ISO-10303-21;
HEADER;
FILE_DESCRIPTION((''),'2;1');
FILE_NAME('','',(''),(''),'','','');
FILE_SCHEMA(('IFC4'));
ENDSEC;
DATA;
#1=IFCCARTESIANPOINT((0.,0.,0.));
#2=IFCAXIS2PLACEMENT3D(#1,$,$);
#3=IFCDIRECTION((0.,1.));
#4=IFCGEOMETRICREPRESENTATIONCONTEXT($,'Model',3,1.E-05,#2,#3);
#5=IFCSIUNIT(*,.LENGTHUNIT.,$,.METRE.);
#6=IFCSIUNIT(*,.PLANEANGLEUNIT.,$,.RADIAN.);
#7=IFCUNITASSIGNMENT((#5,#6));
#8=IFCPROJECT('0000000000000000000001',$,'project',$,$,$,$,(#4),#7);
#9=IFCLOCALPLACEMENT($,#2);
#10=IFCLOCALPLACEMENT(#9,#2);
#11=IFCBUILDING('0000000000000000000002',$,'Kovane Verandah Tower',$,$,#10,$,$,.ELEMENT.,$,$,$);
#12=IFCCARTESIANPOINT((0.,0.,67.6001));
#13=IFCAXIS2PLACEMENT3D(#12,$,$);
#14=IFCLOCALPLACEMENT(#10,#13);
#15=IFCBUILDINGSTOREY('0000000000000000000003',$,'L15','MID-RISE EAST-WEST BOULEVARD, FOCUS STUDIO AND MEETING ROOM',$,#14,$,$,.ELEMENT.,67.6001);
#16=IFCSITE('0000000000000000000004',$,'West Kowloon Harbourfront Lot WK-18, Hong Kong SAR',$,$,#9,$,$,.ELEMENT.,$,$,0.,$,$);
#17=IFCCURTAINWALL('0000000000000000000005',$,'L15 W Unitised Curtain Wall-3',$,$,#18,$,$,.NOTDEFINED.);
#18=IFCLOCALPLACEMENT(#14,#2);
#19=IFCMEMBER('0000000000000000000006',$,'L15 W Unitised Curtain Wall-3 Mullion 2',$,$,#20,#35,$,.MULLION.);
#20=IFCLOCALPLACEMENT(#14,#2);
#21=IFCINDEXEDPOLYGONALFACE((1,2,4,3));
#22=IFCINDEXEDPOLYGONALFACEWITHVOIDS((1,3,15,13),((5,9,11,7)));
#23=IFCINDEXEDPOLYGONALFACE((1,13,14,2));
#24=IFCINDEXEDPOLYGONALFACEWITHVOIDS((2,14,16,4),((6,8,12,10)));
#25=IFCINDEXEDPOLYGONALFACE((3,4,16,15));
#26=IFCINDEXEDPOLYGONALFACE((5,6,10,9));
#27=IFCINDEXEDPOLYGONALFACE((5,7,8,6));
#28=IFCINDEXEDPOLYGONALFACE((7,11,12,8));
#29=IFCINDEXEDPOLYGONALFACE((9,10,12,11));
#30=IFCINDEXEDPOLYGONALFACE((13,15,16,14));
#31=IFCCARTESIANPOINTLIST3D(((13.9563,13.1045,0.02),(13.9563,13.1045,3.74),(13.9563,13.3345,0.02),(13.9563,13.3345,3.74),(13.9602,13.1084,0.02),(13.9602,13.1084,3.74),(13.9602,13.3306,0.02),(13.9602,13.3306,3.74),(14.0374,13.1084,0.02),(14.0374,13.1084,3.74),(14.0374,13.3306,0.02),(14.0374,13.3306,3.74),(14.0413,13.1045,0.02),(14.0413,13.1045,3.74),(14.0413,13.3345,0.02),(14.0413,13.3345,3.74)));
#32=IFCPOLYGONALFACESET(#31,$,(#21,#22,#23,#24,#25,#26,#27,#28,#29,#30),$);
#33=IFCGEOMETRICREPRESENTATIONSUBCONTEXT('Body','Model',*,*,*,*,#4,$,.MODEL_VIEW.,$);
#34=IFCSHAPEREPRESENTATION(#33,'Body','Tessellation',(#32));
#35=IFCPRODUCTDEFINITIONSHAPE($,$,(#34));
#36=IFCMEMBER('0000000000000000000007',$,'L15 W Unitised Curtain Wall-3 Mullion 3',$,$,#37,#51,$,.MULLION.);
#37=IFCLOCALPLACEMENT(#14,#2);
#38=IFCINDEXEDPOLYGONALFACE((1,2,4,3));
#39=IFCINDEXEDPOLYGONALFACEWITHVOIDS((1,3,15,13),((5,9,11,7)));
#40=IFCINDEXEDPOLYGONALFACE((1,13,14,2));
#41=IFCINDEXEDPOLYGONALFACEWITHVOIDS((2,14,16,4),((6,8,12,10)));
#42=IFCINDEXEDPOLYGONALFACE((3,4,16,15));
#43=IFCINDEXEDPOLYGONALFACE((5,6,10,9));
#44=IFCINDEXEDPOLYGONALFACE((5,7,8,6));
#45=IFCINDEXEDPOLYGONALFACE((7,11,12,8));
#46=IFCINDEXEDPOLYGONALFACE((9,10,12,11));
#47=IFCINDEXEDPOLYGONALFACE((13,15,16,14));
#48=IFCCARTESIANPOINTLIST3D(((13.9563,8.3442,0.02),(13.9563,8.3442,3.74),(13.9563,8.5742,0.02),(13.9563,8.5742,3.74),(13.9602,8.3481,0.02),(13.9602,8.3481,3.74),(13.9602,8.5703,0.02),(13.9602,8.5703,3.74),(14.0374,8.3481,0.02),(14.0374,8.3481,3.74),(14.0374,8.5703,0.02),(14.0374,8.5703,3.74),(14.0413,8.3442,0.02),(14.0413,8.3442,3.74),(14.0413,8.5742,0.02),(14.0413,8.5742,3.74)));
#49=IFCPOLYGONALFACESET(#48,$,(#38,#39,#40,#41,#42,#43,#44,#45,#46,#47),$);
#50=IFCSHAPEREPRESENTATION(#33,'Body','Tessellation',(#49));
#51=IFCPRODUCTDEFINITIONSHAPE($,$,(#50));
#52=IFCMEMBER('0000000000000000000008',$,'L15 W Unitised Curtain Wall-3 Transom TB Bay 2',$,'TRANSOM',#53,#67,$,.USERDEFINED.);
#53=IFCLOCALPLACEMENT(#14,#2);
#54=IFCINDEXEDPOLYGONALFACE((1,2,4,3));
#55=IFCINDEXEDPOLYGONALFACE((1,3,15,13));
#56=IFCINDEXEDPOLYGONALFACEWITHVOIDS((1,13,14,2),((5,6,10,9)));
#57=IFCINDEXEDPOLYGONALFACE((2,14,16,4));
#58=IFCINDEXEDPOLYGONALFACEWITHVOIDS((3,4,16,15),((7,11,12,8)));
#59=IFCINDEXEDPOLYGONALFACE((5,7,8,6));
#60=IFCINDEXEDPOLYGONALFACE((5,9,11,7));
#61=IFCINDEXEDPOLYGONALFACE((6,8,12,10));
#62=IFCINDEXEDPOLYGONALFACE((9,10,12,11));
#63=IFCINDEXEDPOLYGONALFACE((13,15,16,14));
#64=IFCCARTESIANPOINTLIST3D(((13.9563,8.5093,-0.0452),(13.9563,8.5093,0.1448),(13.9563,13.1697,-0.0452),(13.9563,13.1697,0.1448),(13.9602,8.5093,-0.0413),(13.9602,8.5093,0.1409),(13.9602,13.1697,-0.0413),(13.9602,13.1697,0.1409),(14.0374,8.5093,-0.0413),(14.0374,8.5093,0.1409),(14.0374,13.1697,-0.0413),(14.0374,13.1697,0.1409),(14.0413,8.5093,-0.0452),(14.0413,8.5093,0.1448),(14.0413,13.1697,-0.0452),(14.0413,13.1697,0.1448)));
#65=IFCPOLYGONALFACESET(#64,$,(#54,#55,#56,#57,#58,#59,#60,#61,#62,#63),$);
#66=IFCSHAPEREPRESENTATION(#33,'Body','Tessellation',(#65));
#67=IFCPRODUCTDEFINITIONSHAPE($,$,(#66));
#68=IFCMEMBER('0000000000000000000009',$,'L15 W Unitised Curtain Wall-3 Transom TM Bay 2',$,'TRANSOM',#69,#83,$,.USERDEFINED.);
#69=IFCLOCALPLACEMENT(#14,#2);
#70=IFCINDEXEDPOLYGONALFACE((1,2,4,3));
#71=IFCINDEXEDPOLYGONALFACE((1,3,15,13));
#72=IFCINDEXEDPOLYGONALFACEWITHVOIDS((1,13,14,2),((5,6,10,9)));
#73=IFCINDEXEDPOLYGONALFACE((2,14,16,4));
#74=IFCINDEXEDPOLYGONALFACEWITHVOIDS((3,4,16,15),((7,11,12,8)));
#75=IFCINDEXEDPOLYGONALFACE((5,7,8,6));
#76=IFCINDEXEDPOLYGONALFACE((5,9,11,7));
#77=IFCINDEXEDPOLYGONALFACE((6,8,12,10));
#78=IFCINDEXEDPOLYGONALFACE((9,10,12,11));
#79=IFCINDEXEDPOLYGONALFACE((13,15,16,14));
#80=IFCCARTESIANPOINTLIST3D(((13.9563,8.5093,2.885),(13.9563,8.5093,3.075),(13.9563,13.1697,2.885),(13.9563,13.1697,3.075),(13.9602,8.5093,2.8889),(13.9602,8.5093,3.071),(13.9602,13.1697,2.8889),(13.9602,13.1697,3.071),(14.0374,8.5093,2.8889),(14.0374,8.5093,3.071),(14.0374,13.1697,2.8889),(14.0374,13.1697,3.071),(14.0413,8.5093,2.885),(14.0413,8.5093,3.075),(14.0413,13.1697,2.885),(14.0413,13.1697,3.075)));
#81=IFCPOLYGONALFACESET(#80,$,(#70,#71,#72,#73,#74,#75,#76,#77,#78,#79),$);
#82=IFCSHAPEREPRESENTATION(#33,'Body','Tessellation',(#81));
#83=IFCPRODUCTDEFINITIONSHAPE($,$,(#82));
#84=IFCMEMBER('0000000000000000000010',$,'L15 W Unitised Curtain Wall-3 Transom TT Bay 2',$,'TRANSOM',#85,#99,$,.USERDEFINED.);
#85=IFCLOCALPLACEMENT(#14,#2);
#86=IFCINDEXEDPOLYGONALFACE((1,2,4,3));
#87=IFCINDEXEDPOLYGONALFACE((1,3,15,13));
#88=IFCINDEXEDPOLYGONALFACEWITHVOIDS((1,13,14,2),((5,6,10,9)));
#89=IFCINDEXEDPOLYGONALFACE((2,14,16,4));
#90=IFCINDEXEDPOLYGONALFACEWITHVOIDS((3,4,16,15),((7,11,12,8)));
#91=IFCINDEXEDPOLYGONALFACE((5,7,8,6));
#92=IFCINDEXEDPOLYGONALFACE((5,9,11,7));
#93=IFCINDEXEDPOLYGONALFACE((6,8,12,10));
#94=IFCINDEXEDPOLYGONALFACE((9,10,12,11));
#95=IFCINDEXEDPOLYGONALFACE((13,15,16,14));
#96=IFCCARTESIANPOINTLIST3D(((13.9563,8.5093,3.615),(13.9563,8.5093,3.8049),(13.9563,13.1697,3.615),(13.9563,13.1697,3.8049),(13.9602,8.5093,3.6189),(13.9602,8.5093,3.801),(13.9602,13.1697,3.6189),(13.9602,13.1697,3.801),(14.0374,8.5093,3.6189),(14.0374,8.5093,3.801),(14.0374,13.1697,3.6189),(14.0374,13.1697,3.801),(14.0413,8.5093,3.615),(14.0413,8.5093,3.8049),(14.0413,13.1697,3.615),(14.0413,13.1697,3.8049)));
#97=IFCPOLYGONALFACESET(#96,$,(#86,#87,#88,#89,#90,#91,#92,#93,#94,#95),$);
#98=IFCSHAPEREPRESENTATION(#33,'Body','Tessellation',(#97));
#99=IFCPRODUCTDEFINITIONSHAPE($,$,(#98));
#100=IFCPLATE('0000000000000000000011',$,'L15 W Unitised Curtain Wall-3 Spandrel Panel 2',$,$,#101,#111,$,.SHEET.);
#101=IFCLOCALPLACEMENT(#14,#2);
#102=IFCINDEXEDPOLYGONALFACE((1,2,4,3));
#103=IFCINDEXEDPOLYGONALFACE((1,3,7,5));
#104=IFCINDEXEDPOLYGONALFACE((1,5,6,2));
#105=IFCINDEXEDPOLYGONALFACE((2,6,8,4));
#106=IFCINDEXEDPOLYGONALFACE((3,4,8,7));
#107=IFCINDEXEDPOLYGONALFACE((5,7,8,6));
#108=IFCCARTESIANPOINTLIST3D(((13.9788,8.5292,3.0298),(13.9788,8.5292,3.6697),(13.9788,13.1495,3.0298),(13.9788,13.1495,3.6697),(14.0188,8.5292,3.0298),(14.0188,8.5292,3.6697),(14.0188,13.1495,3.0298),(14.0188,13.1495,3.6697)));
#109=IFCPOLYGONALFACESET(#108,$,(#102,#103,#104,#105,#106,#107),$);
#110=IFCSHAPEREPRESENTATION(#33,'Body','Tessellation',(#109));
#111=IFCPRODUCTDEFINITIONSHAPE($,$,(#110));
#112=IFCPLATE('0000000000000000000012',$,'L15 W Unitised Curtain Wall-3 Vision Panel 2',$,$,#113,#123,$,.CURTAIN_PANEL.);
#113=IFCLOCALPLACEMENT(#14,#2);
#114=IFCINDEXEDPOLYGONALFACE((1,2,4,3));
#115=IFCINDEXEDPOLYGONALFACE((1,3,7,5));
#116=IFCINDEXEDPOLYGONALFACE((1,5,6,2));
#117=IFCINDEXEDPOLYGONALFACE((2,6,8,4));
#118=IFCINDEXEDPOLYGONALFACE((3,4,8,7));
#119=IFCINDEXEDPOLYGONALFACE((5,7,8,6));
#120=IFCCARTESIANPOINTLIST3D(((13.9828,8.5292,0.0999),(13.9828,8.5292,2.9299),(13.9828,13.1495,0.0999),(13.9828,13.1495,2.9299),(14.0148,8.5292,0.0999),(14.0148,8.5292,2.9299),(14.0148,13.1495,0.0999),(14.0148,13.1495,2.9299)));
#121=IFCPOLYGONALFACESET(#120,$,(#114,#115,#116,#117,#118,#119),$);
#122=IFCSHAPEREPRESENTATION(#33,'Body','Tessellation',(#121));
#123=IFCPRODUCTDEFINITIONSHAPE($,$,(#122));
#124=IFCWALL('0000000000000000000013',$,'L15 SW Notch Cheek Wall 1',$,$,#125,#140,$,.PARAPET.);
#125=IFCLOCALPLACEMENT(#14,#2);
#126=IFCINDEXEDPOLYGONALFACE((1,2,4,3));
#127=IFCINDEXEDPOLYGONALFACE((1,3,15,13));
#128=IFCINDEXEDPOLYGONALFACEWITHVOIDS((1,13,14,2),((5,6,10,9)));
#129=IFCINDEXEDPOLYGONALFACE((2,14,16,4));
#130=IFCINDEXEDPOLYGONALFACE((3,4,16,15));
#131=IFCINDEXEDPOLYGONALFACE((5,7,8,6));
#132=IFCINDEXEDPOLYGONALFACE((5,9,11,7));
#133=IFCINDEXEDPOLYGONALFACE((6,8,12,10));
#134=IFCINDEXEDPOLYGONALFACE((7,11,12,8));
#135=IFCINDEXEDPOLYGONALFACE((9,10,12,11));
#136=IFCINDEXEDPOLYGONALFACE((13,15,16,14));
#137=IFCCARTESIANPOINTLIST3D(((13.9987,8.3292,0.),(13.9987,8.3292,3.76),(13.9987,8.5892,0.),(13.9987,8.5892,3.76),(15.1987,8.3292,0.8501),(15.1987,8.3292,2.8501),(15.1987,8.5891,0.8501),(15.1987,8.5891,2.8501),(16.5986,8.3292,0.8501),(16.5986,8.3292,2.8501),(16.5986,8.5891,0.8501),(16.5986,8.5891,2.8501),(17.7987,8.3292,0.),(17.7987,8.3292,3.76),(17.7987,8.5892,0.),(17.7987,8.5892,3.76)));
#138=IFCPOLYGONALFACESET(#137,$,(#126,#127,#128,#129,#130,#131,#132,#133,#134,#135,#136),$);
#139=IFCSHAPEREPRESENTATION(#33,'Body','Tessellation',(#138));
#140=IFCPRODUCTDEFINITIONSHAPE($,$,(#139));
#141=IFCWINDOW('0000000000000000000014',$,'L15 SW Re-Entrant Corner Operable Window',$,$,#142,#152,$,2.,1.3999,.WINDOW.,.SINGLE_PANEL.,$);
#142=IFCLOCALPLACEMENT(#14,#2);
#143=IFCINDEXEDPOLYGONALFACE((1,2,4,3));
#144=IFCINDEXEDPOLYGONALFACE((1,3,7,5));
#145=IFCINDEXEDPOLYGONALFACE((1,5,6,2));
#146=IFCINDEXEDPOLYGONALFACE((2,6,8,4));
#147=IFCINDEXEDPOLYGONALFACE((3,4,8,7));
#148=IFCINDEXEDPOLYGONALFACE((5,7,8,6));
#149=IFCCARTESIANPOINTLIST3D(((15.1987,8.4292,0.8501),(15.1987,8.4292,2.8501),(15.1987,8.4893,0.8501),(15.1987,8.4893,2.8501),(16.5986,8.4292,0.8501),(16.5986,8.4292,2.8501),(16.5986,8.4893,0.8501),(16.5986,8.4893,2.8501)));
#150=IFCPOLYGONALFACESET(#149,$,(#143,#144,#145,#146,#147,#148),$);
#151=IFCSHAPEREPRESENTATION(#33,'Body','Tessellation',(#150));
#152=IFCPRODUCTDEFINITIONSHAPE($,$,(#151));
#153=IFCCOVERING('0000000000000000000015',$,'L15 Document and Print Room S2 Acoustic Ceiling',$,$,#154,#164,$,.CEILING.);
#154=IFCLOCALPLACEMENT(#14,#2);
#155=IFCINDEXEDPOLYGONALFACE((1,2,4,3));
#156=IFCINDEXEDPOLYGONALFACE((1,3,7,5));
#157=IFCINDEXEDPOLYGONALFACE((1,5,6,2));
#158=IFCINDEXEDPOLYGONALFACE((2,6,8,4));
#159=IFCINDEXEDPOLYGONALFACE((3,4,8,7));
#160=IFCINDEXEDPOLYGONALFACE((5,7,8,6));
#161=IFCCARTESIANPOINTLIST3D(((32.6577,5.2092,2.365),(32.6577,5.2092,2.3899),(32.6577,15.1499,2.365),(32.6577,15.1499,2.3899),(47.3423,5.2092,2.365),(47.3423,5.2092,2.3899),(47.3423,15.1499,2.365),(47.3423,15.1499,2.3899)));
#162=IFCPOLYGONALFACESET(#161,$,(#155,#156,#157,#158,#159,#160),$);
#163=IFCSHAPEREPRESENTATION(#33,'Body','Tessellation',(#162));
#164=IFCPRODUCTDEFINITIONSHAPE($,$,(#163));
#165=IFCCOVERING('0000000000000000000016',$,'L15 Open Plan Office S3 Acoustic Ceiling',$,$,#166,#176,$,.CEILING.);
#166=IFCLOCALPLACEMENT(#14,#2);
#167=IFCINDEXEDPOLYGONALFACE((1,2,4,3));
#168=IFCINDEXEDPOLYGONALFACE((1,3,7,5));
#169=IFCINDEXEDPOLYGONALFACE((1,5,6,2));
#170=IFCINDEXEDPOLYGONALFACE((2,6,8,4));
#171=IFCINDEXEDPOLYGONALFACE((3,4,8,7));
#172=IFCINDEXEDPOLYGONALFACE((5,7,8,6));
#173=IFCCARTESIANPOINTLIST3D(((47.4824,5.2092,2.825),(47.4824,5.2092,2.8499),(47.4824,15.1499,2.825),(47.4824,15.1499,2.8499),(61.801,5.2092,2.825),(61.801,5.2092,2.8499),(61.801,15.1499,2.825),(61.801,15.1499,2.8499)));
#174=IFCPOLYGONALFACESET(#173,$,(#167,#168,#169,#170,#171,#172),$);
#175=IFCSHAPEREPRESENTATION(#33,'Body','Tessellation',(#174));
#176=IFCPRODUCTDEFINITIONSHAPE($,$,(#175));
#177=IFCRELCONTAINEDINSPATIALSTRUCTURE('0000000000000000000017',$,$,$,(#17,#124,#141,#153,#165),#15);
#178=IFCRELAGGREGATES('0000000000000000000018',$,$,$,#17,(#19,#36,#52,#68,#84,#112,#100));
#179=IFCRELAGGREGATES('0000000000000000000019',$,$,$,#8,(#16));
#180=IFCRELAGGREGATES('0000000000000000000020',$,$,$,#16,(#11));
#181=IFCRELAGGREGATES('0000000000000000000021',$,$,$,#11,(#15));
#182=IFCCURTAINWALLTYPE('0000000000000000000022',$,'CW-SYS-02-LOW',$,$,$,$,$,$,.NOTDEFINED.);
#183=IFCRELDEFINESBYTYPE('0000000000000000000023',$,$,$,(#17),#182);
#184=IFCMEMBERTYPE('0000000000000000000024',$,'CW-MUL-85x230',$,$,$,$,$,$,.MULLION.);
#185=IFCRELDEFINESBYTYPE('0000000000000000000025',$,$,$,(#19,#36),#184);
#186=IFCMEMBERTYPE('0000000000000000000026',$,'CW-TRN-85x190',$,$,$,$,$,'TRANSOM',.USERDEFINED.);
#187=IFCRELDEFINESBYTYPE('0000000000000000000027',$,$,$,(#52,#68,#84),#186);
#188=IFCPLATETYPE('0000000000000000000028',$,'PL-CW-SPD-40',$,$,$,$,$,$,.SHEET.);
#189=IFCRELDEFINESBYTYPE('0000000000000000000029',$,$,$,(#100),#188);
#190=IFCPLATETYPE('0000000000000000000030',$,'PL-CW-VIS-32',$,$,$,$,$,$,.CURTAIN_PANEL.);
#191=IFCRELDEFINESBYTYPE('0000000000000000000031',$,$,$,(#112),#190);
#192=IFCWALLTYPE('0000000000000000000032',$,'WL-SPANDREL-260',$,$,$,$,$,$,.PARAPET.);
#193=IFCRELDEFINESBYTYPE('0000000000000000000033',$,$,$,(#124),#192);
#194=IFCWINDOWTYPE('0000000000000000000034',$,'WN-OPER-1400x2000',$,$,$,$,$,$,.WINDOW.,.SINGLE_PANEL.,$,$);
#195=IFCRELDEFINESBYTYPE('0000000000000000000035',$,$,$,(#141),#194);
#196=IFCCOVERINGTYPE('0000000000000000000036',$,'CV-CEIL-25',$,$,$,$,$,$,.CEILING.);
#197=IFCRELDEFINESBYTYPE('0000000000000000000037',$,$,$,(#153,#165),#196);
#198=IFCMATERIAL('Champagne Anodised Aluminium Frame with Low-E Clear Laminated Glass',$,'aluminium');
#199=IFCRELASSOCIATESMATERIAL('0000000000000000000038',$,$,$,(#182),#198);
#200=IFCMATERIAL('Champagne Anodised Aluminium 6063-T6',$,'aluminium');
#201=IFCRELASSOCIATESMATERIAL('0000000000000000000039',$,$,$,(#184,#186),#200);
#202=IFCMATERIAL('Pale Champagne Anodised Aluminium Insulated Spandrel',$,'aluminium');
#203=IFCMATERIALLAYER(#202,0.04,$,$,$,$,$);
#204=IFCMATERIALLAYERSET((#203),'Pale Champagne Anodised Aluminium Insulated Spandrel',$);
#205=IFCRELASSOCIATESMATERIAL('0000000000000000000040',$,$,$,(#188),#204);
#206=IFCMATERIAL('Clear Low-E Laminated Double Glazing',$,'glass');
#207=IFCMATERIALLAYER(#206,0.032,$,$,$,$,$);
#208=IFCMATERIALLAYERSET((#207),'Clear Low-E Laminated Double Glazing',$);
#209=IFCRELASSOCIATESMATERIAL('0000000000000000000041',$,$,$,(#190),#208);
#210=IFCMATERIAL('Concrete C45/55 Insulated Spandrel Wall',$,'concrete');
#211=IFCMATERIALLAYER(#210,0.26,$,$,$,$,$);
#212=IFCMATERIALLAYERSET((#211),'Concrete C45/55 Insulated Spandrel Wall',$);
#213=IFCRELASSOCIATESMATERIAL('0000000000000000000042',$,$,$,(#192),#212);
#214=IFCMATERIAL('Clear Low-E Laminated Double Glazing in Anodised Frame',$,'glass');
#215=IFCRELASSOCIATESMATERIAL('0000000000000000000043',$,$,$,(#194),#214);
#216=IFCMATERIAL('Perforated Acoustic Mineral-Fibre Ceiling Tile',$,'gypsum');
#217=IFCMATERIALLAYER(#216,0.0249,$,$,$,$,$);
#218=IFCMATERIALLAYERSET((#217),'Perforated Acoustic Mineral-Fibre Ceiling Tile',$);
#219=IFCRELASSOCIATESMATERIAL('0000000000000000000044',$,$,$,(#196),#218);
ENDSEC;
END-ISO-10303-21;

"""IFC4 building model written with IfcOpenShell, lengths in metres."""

from ifc_helpers import new_model, si_unit, direction, frame, frame_2d, origin, origin_2d, place, context, subcontext, project, spatial, polyline, rectangle, hollow_rectangle, outline, extrude, material, layer, layer_set, material_profile, profile_set, type_object, element, fill, aggregate, save


model = new_model("IFC4")

# Units and contexts
model_context = context("Model", 3, precision=1e-05, world=origin(), true_north=direction((0.0, 1.0)))
body_context = subcontext(model_context, "Body", "Model", "MODEL_VIEW")
ifc_project = project(units=[si_unit("LENGTHUNIT", "METRE"), si_unit("PLANEANGLEUNIT", "RADIAN")], contexts=[model_context])

# Site, building, storey
site_placement = place(None, origin())
site = spatial("IfcSite", under=ifc_project, at=site_placement, Name="West Kowloon Harbourfront Lot WK-18, Hong Kong SAR", CompositionType="ELEMENT", RefElevation=0.0)
building_placement = place(site_placement, origin())
building = spatial("IfcBuilding", under=site, at=building_placement, Name="Kovane Verandah Tower", CompositionType="ELEMENT")
storey_placement = place(building_placement, frame((0.0, 0.0, 67.6001)))
storey = spatial("IfcBuildingStorey", under=building, at=storey_placement, Name="L15", Description="MID-RISE EAST-WEST BOULEVARD, FOCUS STUDIO AND MEETING ROOM", CompositionType="ELEMENT", Elevation=67.6001)

# Curtain wall, members, plates
ifc_material_1 = material(Name="Champagne Anodised Aluminium Frame with Low-E Clear Laminated Glass", Category="aluminium")
curtain_wall_type = type_object("IfcCurtainWallType", Name="CW-SYS-02-LOW", PredefinedType="NOTDEFINED", material=ifc_material_1)
curtain_wall_placement = place(storey_placement, origin())
curtain_wall = element("IfcCurtainWall", 1, at=curtain_wall_placement, inside=storey, type_object=curtain_wall_type, Name="L15 W Unitised Curtain Wall-3", PredefinedType="NOTDEFINED")
ifc_material_2 = material(Name="Champagne Anodised Aluminium 6063-T6", Category="aluminium")
ifc_material_profile_1 = material_profile(ifc_material_2, hollow_rectangle(XDim=0.085, YDim=0.23, WallThickness=0.0039, at=origin_2d()), Name="AL85x230x4")
ifc_profile_set_1 = profile_set([ifc_material_profile_1], Name="Champagne Anodised Aluminium 6063-T6")
member_type_1 = type_object("IfcMemberType", Name="CW-MUL-85x230", PredefinedType="MULLION", material=ifc_profile_set_1)
member_1_placement = place(storey_placement, frame((13.9988, 13.2195, 0.02), z_axis=(0.0, 0.0, 1.0), x_axis=(-1.0, 0.0, 0.0)))
member_1 = element("IfcMember", 2, at=member_1_placement, type_object=member_type_1, Name="L15 W Unitised Curtain Wall-3 Mullion 2", PredefinedType="MULLION", context=body_context, shape_type="SweptSolid", body=[
    extrude(hollow_rectangle(XDim=0.085, YDim=0.23, WallThickness=0.0039, at=origin_2d()), origin(), (0.0, 0.0, 1.0), 3.72),
])
member_2_placement = place(storey_placement, frame((13.9988, 8.4592, 0.02), z_axis=(0.0, 0.0, 1.0), x_axis=(-1.0, 0.0, 0.0)))
member_2 = element("IfcMember", 3, at=member_2_placement, type_object=member_type_1, Name="L15 W Unitised Curtain Wall-3 Mullion 3", PredefinedType="MULLION", context=body_context, shape_type="SweptSolid", body=[
    extrude(hollow_rectangle(XDim=0.085, YDim=0.23, WallThickness=0.0039, at=origin_2d()), origin(), (0.0, 0.0, 1.0), 3.72),
])
ifc_material_profile_2 = material_profile(ifc_material_2, hollow_rectangle(XDim=0.085, YDim=0.1899, WallThickness=0.0039, at=origin_2d()), Name="AL85x190x4")
ifc_profile_set_2 = profile_set([ifc_material_profile_2], Name="Champagne Anodised Aluminium 6063-T6")
member_type_2 = type_object("IfcMemberType", Name="CW-TRN-85x190", ElementType="TRANSOM", PredefinedType="USERDEFINED", material=ifc_profile_set_2)
member_3_placement = place(storey_placement, frame((13.9988, 13.1697, 0.0498), z_axis=(0.0, -1.0, 0.0), x_axis=(1.0, 0.0, 0.0)))
member_3 = element("IfcMember", 4, at=member_3_placement, type_object=member_type_2, Name="L15 W Unitised Curtain Wall-3 Transom TB Bay 2", ObjectType="TRANSOM", PredefinedType="USERDEFINED", context=body_context, shape_type="SweptSolid", body=[
    extrude(hollow_rectangle(XDim=0.085, YDim=0.1899, WallThickness=0.0039, at=origin_2d()), origin(), (0.0, 0.0, 1.0), 4.6604),
])
member_4_placement = place(storey_placement, frame((13.9988, 13.1697, 2.98), z_axis=(0.0, -1.0, 0.0), x_axis=(1.0, 0.0, 0.0)))
member_4 = element("IfcMember", 5, at=member_4_placement, type_object=member_type_2, Name="L15 W Unitised Curtain Wall-3 Transom TM Bay 2", ObjectType="TRANSOM", PredefinedType="USERDEFINED", context=body_context, shape_type="SweptSolid", body=[
    extrude(hollow_rectangle(XDim=0.085, YDim=0.1899, WallThickness=0.0039, at=origin_2d()), origin(), (0.0, 0.0, 1.0), 4.6604),
])
member_5_placement = place(storey_placement, frame((13.9988, 13.1697, 3.71), z_axis=(0.0, -1.0, 0.0), x_axis=(1.0, 0.0, 0.0)))
member_5 = element("IfcMember", 6, at=member_5_placement, type_object=member_type_2, Name="L15 W Unitised Curtain Wall-3 Transom TT Bay 2", ObjectType="TRANSOM", PredefinedType="USERDEFINED", context=body_context, shape_type="SweptSolid", body=[
    extrude(hollow_rectangle(XDim=0.085, YDim=0.1899, WallThickness=0.0039, at=origin_2d()), origin(), (0.0, 0.0, 1.0), 4.6604),
])
ifc_material_3 = material(Name="Pale Champagne Anodised Aluminium Insulated Spandrel", Category="aluminium")
ifc_layer_1 = layer(ifc_material_3, 0.04)
ifc_layer_set_1 = layer_set([ifc_layer_1], Name="Pale Champagne Anodised Aluminium Insulated Spandrel")
plate_type_1 = type_object("IfcPlateType", Name="PL-CW-SPD-40", PredefinedType="SHEET", material=ifc_layer_set_1)
plate_1_placement = place(storey_placement, frame((13.9988, 10.8394, 3.0298), z_axis=(0.0, 0.0, 1.0), x_axis=(0.0, -1.0, 0.0)))
plate_1 = element("IfcPlate", 7, at=plate_1_placement, type_object=plate_type_1, Name="L15 W Unitised Curtain Wall-3 Spandrel Panel 2", PredefinedType="SHEET", context=body_context, shape_type="SweptSolid", body=[
    extrude(rectangle(XDim=4.6204, YDim=0.04, at=origin_2d()), origin(), (0.0, 0.0, 1.0), 0.6399),
])
ifc_material_4 = material(Name="Clear Low-E Laminated Double Glazing", Category="glass")
ifc_layer_2 = layer(ifc_material_4, 0.032)
ifc_layer_set_2 = layer_set([ifc_layer_2], Name="Clear Low-E Laminated Double Glazing")
plate_type_2 = type_object("IfcPlateType", Name="PL-CW-VIS-32", PredefinedType="CURTAIN_PANEL", material=ifc_layer_set_2)
plate_2_placement = place(storey_placement, frame((13.9988, 10.8394, 0.0999), z_axis=(0.0, 0.0, 1.0), x_axis=(0.0, -1.0, 0.0)))
plate_2 = element("IfcPlate", 8, at=plate_2_placement, type_object=plate_type_2, Name="L15 W Unitised Curtain Wall-3 Vision Panel 2", PredefinedType="CURTAIN_PANEL", context=body_context, shape_type="SweptSolid", body=[
    extrude(rectangle(XDim=4.6204, YDim=0.032, at=origin_2d()), origin(), (0.0, 0.0, 1.0), 2.8301),
])
aggregate(curtain_wall, [member_1, member_2, member_3, member_4, member_5, plate_2, plate_1])

# Wall, opening, window
ifc_material_5 = material(Name="Concrete C45/55 Insulated Spandrel Wall", Category="concrete")
ifc_layer_3 = layer(ifc_material_5, 0.26)
ifc_layer_set_3 = layer_set([ifc_layer_3], Name="Concrete C45/55 Insulated Spandrel Wall")
wall_type = type_object("IfcWallType", Name="WL-SPANDREL-260", PredefinedType="PARAPET", material=ifc_layer_set_3)
wall_placement = place(storey_placement, frame((13.9988, 8.4592, 0.0), z_axis=(0.0, 0.0, 1.0), x_axis=(1.0, 0.0, 0.0)))
wall = element("IfcWall", 9, at=wall_placement, inside=storey, type_object=wall_type, Name="L15 SW Notch Cheek Wall 1", PredefinedType="PARAPET", context=body_context, shape_type="SweptSolid", body=[
    extrude(rectangle(XDim=3.8, YDim=0.26, at=frame_2d((1.8999, 0.0))), origin(), (0.0, 0.0, 1.0), 3.76),
])
opening_placement = place(wall_placement, frame((1.2, 0.0, 0.8501)))
opening = element("IfcOpeningElement", 10, at=opening_placement, cuts=wall, PredefinedType="OPENING", context=body_context, shape_type="SweptSolid", body=[
    extrude(rectangle(XDim=1.3999, YDim=2.0, at=frame_2d((0.7, 1.0))), frame((0.0, 0.1299, 0.0), z_axis=(0.0, -1.0, 0.0), x_axis=(1.0, 0.0, 0.0)), (0.0, 0.0, 1.0), 0.26),
])
ifc_material_6 = material(Name="Clear Low-E Laminated Double Glazing in Anodised Frame", Category="glass")
window_type = type_object("IfcWindowType", Name="WN-OPER-1400x2000", PartitioningType="SINGLE_PANEL", PredefinedType="WINDOW", material=ifc_material_6)
window_placement = place(opening_placement, origin())
window = element("IfcWindow", 11, at=window_placement, inside=storey, type_object=window_type, Name="L15 SW Re-Entrant Corner Operable Window", OverallHeight=2.0, OverallWidth=1.3999, PartitioningType="SINGLE_PANEL", PredefinedType="WINDOW", context=body_context, shape_type="SweptSolid", body=[
    extrude(rectangle(XDim=1.3999, YDim=2.0, at=frame_2d((0.7, 1.0))), frame((0.0, 0.03, 0.0), z_axis=(0.0, -1.0, 0.0), x_axis=(1.0, 0.0, 0.0)), (0.0, 0.0, 1.0), 0.0601),
])
fill(opening, window)

# Coverings
ifc_material_7 = material(Name="Perforated Acoustic Mineral-Fibre Ceiling Tile", Category="gypsum")
ifc_layer_4 = layer(ifc_material_7, 0.0249)
ifc_layer_set_4 = layer_set([ifc_layer_4], Name="Perforated Acoustic Mineral-Fibre Ceiling Tile")
covering_type_1 = type_object("IfcCoveringType", Name="CV-CEIL-25", PredefinedType="CEILING", material=ifc_layer_set_4)
covering_1_placement = place(storey_placement, frame((0.0, 0.0, 2.365)))
element("IfcCovering", 12, at=covering_1_placement, inside=storey, type_object=covering_type_1, Name="L15 Document and Print Room S2 Acoustic Ceiling", PredefinedType="CEILING", context=body_context, shape_type="SweptSolid", body=[
    extrude(outline(polyline([(32.6577, 5.2092), (47.3423, 5.2092), (47.3423, 15.1499), (32.6577, 15.1499), (32.6577, 5.2092)])), origin(), (0.0, 0.0, 1.0), 0.0249),
])
covering_2_placement = place(storey_placement, frame((0.0, 0.0, 2.825)))
element("IfcCovering", 13, at=covering_2_placement, inside=storey, type_object=covering_type_1, Name="L15 Open Plan Office S3 Acoustic Ceiling", PredefinedType="CEILING", context=body_context, shape_type="SweptSolid", body=[
    extrude(outline(polyline([(47.4824, 5.2092), (61.801, 5.2092), (61.801, 15.1499), (47.4824, 15.1499), (47.4824, 5.2092)])), origin(), (0.0, 0.0, 1.0), 0.0249),
])

save(model, "model.ifc")
